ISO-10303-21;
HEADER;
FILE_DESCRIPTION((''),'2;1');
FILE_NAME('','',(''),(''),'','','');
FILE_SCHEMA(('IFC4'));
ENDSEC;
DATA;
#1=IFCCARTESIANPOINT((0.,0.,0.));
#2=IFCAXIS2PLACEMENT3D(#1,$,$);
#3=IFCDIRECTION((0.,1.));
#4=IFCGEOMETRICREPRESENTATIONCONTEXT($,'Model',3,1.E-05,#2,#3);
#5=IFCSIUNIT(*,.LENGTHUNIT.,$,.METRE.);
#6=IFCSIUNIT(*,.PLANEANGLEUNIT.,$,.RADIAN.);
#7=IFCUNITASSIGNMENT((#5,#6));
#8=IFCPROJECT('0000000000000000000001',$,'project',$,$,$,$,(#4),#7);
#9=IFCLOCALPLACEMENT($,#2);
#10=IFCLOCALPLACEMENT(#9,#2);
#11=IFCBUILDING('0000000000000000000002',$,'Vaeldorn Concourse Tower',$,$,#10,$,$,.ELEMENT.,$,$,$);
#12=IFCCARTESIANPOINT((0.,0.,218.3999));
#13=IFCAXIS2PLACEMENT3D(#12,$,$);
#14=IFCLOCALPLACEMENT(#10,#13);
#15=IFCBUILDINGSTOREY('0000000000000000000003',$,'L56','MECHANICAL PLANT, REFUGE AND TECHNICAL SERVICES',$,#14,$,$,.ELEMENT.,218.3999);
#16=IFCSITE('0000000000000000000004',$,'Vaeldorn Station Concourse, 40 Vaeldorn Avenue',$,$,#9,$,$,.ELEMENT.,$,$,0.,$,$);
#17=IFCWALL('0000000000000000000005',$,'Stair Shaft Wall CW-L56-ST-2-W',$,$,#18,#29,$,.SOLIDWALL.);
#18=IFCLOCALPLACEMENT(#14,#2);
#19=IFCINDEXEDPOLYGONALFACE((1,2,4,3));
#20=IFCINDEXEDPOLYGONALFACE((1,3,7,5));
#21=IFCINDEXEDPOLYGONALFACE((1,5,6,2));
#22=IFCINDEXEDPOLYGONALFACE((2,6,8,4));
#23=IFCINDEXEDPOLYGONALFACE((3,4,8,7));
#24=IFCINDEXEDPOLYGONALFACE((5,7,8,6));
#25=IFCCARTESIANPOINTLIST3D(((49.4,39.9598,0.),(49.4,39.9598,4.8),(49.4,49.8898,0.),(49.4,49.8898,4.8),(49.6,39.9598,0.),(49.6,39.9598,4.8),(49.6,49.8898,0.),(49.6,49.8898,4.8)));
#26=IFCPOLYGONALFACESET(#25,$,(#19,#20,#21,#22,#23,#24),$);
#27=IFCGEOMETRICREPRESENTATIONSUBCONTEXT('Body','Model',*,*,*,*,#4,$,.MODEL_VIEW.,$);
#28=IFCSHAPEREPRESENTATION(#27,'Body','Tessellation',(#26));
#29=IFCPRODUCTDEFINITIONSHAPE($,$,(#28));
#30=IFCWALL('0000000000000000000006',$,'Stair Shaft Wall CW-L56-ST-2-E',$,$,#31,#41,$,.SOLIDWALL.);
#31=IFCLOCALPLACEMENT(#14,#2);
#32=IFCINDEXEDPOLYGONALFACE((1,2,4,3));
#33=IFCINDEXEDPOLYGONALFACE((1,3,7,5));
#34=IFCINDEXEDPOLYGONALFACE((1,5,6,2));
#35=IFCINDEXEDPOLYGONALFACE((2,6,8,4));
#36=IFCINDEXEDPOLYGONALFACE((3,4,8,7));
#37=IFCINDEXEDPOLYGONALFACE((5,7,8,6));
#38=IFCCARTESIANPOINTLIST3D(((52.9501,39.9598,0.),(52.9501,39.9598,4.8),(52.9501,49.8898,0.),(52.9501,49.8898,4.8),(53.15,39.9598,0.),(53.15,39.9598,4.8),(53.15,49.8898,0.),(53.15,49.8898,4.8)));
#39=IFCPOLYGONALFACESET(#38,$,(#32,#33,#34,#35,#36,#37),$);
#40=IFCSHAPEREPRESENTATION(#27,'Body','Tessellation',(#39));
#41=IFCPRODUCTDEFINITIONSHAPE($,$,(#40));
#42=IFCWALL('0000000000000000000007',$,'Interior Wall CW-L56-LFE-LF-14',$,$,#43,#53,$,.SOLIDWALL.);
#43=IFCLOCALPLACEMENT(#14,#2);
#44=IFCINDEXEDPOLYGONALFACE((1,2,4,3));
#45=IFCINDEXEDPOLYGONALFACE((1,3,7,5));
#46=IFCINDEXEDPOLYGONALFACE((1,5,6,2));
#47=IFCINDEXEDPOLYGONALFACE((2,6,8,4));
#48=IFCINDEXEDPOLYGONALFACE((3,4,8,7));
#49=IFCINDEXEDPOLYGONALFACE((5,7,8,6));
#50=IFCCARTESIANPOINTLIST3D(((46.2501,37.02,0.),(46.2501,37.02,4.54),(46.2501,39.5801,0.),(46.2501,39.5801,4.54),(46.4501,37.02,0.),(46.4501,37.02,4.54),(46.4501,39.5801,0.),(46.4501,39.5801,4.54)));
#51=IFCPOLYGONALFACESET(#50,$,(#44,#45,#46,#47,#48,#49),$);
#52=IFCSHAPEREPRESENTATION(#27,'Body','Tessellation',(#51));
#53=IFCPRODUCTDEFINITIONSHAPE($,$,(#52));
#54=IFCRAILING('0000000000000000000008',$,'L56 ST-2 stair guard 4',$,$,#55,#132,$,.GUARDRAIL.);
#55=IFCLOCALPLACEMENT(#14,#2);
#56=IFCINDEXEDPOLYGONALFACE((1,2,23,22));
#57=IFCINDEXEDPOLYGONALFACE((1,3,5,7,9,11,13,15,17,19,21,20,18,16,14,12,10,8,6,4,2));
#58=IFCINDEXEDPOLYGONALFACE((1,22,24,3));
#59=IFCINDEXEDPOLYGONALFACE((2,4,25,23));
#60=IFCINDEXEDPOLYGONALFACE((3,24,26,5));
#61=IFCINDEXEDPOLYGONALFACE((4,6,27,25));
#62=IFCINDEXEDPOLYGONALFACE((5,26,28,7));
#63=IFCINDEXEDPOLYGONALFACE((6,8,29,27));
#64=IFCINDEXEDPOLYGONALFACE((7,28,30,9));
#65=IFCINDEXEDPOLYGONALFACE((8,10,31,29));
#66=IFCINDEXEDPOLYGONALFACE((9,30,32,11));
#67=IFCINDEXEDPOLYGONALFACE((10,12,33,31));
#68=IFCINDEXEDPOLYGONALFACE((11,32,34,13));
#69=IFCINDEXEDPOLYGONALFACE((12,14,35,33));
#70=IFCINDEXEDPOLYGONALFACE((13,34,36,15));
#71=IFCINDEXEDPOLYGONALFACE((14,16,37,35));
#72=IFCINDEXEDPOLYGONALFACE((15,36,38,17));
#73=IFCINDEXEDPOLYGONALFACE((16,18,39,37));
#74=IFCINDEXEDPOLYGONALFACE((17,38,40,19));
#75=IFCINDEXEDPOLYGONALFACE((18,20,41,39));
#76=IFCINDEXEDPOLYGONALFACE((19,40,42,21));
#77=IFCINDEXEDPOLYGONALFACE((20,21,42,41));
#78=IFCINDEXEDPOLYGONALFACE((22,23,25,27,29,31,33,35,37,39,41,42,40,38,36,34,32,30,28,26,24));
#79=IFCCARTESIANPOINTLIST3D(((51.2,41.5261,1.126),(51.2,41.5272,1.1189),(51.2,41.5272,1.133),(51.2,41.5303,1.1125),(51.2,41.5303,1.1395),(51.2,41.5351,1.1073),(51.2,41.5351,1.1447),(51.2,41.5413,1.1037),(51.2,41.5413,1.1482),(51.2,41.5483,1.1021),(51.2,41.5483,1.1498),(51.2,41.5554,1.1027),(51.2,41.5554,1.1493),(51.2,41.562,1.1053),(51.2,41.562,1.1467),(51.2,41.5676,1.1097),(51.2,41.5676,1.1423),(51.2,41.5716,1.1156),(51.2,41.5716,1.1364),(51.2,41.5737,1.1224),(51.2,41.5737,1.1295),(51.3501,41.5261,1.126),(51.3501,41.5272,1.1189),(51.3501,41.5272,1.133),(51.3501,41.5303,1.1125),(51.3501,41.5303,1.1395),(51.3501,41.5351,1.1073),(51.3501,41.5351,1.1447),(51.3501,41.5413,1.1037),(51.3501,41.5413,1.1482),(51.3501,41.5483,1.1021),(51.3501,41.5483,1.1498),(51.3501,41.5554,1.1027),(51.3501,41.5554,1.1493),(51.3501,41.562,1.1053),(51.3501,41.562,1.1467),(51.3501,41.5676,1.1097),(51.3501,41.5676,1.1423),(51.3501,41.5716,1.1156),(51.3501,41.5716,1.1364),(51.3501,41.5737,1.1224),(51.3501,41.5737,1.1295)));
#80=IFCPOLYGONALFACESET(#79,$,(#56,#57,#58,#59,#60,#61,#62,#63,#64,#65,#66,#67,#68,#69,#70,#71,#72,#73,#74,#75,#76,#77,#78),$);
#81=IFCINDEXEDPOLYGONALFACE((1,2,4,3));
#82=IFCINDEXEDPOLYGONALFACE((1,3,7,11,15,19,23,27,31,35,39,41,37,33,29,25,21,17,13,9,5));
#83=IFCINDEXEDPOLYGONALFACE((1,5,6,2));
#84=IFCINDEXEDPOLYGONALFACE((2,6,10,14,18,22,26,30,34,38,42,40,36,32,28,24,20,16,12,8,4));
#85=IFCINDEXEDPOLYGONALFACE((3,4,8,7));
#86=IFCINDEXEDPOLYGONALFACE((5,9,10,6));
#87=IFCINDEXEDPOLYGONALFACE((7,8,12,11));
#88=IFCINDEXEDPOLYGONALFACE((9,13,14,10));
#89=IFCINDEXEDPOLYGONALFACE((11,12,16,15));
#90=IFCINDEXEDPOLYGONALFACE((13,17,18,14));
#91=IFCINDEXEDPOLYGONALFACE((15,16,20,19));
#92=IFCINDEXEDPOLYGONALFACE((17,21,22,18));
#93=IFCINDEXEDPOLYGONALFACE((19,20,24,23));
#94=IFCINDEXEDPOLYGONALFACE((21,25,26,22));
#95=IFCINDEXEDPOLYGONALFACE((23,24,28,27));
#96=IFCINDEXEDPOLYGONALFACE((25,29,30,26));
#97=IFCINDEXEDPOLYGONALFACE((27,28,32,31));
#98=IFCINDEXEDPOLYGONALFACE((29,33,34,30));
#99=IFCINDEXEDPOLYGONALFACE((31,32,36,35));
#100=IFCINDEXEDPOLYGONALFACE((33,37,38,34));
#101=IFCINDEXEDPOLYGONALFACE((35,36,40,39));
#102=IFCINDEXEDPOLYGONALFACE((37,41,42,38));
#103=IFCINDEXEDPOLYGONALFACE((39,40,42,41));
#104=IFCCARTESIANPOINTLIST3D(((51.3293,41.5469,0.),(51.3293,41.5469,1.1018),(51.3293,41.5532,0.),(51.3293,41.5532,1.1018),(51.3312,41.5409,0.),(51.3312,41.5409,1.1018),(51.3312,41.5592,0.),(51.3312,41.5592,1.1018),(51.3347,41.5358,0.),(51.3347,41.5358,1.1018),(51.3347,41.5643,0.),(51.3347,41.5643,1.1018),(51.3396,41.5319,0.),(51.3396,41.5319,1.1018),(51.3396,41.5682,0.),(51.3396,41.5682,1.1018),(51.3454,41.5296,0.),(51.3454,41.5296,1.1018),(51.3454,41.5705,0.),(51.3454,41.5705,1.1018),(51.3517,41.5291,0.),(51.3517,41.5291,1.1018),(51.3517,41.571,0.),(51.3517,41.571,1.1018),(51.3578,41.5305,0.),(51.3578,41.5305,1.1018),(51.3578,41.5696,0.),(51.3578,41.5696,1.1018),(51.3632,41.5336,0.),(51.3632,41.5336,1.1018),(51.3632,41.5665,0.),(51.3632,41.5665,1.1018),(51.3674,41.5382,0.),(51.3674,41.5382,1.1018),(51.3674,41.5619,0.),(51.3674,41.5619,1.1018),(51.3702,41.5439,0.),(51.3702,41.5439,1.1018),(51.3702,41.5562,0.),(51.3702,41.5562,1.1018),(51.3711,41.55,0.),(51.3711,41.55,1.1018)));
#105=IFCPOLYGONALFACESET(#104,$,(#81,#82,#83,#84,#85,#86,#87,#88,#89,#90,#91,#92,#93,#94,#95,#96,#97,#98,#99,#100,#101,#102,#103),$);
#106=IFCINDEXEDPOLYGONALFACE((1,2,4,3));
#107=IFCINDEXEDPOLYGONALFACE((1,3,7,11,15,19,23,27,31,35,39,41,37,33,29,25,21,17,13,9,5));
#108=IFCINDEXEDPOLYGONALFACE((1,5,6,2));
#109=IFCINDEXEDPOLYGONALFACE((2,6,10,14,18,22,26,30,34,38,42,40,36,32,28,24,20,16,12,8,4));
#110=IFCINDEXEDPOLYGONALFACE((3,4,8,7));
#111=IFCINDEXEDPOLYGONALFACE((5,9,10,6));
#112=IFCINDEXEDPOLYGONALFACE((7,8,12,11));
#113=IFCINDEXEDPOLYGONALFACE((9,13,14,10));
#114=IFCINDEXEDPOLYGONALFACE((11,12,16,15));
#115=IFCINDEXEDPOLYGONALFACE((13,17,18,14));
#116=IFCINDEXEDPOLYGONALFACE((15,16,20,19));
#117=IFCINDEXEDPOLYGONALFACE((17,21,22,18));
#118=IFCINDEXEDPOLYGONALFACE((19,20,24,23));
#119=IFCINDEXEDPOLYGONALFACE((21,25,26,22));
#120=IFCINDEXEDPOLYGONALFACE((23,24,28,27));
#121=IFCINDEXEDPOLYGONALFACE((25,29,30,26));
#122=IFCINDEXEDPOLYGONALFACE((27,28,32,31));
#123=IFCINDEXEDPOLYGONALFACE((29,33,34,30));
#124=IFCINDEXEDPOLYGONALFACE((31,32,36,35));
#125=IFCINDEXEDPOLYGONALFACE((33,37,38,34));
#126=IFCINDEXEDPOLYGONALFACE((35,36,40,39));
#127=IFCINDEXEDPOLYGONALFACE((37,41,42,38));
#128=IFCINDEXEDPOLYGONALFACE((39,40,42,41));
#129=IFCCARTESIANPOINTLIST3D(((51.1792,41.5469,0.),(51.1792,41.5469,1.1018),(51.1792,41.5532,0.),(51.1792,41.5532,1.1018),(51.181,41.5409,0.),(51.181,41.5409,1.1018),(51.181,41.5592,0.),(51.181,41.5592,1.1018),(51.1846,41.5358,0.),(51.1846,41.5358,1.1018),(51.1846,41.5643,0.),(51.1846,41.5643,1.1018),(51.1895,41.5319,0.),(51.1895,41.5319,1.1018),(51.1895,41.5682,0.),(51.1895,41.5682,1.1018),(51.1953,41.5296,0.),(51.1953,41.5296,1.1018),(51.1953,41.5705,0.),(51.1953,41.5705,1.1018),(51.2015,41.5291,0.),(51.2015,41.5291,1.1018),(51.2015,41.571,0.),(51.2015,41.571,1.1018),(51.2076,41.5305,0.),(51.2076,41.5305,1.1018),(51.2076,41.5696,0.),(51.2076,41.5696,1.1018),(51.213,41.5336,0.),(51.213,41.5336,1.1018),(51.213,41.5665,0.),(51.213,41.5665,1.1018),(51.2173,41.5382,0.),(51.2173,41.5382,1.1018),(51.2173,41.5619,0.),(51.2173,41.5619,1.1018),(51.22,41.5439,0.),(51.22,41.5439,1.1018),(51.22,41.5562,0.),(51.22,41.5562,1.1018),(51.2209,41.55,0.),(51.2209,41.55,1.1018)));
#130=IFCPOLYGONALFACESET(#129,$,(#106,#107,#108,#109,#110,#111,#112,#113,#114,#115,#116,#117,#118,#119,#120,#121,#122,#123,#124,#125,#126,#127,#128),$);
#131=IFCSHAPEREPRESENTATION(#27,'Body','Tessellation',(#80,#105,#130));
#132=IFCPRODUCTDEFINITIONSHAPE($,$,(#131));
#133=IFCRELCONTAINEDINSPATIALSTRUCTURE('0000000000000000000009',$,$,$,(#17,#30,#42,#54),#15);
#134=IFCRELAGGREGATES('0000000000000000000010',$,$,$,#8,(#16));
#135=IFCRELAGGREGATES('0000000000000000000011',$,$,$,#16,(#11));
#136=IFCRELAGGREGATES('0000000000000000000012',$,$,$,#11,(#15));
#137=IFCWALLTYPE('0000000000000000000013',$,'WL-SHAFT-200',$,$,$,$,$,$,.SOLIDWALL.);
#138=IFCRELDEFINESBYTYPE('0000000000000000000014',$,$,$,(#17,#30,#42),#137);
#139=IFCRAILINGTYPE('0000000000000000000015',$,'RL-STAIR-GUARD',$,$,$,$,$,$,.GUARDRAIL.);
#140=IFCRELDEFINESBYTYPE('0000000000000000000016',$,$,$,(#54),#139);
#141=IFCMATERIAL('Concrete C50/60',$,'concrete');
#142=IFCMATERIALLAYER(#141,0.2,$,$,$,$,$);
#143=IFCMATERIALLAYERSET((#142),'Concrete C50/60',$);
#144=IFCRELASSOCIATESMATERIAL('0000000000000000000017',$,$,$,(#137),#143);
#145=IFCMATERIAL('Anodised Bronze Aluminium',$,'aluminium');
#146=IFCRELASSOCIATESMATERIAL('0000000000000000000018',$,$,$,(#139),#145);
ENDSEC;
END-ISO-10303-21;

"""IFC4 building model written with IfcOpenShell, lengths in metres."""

from ifc_helpers import new_model, si_unit, direction, frame, frame_2d, origin, origin_2d, place, context, subcontext, project, spatial, rectangle, circle, extrude, material, layer, layer_set, type_object, element, save


model = new_model("IFC4")

# Units and contexts
model_context = context("Model", 3, precision=1e-05, world=origin(), true_north=direction((0.0, 1.0)))
body_context = subcontext(model_context, "Body", "Model", "MODEL_VIEW")
ifc_project = project(units=[si_unit("LENGTHUNIT", "METRE"), si_unit("PLANEANGLEUNIT", "RADIAN")], contexts=[model_context])

# Site, building, storey
site_placement = place(None, origin())
site = spatial("IfcSite", under=ifc_project, at=site_placement, Name="Vaeldorn Station Concourse, 40 Vaeldorn Avenue", CompositionType="ELEMENT", RefElevation=0.0)
building_placement = place(site_placement, origin())
building = spatial("IfcBuilding", under=site, at=building_placement, Name="Vaeldorn Concourse Tower", CompositionType="ELEMENT")
storey_placement = place(building_placement, frame((0.0, 0.0, 218.3999)))
storey = spatial("IfcBuildingStorey", under=building, at=storey_placement, Name="L56", Description="MECHANICAL PLANT, REFUGE AND TECHNICAL SERVICES", CompositionType="ELEMENT", Elevation=218.3999)

# Shared definitions
ifc_material_1 = material(Name="Concrete C50/60", Category="concrete")

# Shared definitions
ifc_layer_1 = layer(ifc_material_1, 0.2)
ifc_layer_set_1 = layer_set([ifc_layer_1], Name="Concrete C50/60")
wall_type_1 = type_object("IfcWallType", Name="WL-SHAFT-200", PredefinedType="SOLIDWALL", material=ifc_layer_set_1)

# Walls
for number, where, z_axis, x_axis, name in (
    (1, (49.5, 39.96, 0.0), (0.0, 0.0, 1.0), (0.0, 1.0, 0.0), "Stair Shaft Wall CW-L56-ST-2-W"),
    (2, (53.05, 39.96, 0.0), (0.0, 0.0, 1.0), (0.0, 1.0, 0.0), "Stair Shaft Wall CW-L56-ST-2-E"),
):
    element("IfcWall", number, at=place(storey_placement, frame(where, z_axis=z_axis, x_axis=x_axis)), inside=storey, type_object=wall_type_1, Name=name, PredefinedType="SOLIDWALL", context=body_context, shape_type="SweptSolid", body=[
        extrude(rectangle(XDim=9.9299, YDim=0.2, at=frame_2d((4.9648, 0.0))), origin(), (0.0, 0.0, 1.0), 4.8),
    ])

# Wall
wall_1_placement = place(storey_placement, frame((46.3501, 37.02, 0.0), z_axis=(0.0, 0.0, 1.0), x_axis=(0.0, 1.0, 0.0)))
element("IfcWall", 3, at=wall_1_placement, inside=storey, type_object=wall_type_1, Name="Interior Wall CW-L56-LFE-LF-14", PredefinedType="SOLIDWALL", context=body_context, shape_type="SweptSolid", body=[
    extrude(rectangle(XDim=2.5601, YDim=0.2, at=frame_2d((1.28, 0.0))), origin(), (0.0, 0.0, 1.0), 4.54),
])

# Shared definitions
ifc_material_2 = material(Name="Anodised Bronze Aluminium", Category="aluminium")

# Railing
railing_type = type_object("IfcRailingType", Name="RL-STAIR-GUARD", PredefinedType="GUARDRAIL", material=ifc_material_2)
railing_placement = place(storey_placement, frame((51.3501, 41.55, 0.0)))
element("IfcRailing", 4, at=railing_placement, inside=storey, type_object=railing_type, Name="L56 ST-2 stair guard 4", PredefinedType="GUARDRAIL", context=body_context, shape_type="SweptSolid", body=[
    extrude(circle(Radius=0.0239, at=origin_2d()), frame((0.0, 0.0, 1.126), z_axis=(-1.0, 0.0, 0.0), x_axis=(0.0, -1.0, 0.0)), (0.0, 0.0, 1.0), 0.1501),
    extrude(circle(Radius=0.021, at=origin_2d()), origin(), (0.0, 0.0, 1.0), 1.1018),
    extrude(circle(Radius=0.021, at=origin_2d()), frame((-0.1501, 0.0, 0.0)), (0.0, 0.0, 1.0), 1.1018),
])

save(model, "model.ifc")
